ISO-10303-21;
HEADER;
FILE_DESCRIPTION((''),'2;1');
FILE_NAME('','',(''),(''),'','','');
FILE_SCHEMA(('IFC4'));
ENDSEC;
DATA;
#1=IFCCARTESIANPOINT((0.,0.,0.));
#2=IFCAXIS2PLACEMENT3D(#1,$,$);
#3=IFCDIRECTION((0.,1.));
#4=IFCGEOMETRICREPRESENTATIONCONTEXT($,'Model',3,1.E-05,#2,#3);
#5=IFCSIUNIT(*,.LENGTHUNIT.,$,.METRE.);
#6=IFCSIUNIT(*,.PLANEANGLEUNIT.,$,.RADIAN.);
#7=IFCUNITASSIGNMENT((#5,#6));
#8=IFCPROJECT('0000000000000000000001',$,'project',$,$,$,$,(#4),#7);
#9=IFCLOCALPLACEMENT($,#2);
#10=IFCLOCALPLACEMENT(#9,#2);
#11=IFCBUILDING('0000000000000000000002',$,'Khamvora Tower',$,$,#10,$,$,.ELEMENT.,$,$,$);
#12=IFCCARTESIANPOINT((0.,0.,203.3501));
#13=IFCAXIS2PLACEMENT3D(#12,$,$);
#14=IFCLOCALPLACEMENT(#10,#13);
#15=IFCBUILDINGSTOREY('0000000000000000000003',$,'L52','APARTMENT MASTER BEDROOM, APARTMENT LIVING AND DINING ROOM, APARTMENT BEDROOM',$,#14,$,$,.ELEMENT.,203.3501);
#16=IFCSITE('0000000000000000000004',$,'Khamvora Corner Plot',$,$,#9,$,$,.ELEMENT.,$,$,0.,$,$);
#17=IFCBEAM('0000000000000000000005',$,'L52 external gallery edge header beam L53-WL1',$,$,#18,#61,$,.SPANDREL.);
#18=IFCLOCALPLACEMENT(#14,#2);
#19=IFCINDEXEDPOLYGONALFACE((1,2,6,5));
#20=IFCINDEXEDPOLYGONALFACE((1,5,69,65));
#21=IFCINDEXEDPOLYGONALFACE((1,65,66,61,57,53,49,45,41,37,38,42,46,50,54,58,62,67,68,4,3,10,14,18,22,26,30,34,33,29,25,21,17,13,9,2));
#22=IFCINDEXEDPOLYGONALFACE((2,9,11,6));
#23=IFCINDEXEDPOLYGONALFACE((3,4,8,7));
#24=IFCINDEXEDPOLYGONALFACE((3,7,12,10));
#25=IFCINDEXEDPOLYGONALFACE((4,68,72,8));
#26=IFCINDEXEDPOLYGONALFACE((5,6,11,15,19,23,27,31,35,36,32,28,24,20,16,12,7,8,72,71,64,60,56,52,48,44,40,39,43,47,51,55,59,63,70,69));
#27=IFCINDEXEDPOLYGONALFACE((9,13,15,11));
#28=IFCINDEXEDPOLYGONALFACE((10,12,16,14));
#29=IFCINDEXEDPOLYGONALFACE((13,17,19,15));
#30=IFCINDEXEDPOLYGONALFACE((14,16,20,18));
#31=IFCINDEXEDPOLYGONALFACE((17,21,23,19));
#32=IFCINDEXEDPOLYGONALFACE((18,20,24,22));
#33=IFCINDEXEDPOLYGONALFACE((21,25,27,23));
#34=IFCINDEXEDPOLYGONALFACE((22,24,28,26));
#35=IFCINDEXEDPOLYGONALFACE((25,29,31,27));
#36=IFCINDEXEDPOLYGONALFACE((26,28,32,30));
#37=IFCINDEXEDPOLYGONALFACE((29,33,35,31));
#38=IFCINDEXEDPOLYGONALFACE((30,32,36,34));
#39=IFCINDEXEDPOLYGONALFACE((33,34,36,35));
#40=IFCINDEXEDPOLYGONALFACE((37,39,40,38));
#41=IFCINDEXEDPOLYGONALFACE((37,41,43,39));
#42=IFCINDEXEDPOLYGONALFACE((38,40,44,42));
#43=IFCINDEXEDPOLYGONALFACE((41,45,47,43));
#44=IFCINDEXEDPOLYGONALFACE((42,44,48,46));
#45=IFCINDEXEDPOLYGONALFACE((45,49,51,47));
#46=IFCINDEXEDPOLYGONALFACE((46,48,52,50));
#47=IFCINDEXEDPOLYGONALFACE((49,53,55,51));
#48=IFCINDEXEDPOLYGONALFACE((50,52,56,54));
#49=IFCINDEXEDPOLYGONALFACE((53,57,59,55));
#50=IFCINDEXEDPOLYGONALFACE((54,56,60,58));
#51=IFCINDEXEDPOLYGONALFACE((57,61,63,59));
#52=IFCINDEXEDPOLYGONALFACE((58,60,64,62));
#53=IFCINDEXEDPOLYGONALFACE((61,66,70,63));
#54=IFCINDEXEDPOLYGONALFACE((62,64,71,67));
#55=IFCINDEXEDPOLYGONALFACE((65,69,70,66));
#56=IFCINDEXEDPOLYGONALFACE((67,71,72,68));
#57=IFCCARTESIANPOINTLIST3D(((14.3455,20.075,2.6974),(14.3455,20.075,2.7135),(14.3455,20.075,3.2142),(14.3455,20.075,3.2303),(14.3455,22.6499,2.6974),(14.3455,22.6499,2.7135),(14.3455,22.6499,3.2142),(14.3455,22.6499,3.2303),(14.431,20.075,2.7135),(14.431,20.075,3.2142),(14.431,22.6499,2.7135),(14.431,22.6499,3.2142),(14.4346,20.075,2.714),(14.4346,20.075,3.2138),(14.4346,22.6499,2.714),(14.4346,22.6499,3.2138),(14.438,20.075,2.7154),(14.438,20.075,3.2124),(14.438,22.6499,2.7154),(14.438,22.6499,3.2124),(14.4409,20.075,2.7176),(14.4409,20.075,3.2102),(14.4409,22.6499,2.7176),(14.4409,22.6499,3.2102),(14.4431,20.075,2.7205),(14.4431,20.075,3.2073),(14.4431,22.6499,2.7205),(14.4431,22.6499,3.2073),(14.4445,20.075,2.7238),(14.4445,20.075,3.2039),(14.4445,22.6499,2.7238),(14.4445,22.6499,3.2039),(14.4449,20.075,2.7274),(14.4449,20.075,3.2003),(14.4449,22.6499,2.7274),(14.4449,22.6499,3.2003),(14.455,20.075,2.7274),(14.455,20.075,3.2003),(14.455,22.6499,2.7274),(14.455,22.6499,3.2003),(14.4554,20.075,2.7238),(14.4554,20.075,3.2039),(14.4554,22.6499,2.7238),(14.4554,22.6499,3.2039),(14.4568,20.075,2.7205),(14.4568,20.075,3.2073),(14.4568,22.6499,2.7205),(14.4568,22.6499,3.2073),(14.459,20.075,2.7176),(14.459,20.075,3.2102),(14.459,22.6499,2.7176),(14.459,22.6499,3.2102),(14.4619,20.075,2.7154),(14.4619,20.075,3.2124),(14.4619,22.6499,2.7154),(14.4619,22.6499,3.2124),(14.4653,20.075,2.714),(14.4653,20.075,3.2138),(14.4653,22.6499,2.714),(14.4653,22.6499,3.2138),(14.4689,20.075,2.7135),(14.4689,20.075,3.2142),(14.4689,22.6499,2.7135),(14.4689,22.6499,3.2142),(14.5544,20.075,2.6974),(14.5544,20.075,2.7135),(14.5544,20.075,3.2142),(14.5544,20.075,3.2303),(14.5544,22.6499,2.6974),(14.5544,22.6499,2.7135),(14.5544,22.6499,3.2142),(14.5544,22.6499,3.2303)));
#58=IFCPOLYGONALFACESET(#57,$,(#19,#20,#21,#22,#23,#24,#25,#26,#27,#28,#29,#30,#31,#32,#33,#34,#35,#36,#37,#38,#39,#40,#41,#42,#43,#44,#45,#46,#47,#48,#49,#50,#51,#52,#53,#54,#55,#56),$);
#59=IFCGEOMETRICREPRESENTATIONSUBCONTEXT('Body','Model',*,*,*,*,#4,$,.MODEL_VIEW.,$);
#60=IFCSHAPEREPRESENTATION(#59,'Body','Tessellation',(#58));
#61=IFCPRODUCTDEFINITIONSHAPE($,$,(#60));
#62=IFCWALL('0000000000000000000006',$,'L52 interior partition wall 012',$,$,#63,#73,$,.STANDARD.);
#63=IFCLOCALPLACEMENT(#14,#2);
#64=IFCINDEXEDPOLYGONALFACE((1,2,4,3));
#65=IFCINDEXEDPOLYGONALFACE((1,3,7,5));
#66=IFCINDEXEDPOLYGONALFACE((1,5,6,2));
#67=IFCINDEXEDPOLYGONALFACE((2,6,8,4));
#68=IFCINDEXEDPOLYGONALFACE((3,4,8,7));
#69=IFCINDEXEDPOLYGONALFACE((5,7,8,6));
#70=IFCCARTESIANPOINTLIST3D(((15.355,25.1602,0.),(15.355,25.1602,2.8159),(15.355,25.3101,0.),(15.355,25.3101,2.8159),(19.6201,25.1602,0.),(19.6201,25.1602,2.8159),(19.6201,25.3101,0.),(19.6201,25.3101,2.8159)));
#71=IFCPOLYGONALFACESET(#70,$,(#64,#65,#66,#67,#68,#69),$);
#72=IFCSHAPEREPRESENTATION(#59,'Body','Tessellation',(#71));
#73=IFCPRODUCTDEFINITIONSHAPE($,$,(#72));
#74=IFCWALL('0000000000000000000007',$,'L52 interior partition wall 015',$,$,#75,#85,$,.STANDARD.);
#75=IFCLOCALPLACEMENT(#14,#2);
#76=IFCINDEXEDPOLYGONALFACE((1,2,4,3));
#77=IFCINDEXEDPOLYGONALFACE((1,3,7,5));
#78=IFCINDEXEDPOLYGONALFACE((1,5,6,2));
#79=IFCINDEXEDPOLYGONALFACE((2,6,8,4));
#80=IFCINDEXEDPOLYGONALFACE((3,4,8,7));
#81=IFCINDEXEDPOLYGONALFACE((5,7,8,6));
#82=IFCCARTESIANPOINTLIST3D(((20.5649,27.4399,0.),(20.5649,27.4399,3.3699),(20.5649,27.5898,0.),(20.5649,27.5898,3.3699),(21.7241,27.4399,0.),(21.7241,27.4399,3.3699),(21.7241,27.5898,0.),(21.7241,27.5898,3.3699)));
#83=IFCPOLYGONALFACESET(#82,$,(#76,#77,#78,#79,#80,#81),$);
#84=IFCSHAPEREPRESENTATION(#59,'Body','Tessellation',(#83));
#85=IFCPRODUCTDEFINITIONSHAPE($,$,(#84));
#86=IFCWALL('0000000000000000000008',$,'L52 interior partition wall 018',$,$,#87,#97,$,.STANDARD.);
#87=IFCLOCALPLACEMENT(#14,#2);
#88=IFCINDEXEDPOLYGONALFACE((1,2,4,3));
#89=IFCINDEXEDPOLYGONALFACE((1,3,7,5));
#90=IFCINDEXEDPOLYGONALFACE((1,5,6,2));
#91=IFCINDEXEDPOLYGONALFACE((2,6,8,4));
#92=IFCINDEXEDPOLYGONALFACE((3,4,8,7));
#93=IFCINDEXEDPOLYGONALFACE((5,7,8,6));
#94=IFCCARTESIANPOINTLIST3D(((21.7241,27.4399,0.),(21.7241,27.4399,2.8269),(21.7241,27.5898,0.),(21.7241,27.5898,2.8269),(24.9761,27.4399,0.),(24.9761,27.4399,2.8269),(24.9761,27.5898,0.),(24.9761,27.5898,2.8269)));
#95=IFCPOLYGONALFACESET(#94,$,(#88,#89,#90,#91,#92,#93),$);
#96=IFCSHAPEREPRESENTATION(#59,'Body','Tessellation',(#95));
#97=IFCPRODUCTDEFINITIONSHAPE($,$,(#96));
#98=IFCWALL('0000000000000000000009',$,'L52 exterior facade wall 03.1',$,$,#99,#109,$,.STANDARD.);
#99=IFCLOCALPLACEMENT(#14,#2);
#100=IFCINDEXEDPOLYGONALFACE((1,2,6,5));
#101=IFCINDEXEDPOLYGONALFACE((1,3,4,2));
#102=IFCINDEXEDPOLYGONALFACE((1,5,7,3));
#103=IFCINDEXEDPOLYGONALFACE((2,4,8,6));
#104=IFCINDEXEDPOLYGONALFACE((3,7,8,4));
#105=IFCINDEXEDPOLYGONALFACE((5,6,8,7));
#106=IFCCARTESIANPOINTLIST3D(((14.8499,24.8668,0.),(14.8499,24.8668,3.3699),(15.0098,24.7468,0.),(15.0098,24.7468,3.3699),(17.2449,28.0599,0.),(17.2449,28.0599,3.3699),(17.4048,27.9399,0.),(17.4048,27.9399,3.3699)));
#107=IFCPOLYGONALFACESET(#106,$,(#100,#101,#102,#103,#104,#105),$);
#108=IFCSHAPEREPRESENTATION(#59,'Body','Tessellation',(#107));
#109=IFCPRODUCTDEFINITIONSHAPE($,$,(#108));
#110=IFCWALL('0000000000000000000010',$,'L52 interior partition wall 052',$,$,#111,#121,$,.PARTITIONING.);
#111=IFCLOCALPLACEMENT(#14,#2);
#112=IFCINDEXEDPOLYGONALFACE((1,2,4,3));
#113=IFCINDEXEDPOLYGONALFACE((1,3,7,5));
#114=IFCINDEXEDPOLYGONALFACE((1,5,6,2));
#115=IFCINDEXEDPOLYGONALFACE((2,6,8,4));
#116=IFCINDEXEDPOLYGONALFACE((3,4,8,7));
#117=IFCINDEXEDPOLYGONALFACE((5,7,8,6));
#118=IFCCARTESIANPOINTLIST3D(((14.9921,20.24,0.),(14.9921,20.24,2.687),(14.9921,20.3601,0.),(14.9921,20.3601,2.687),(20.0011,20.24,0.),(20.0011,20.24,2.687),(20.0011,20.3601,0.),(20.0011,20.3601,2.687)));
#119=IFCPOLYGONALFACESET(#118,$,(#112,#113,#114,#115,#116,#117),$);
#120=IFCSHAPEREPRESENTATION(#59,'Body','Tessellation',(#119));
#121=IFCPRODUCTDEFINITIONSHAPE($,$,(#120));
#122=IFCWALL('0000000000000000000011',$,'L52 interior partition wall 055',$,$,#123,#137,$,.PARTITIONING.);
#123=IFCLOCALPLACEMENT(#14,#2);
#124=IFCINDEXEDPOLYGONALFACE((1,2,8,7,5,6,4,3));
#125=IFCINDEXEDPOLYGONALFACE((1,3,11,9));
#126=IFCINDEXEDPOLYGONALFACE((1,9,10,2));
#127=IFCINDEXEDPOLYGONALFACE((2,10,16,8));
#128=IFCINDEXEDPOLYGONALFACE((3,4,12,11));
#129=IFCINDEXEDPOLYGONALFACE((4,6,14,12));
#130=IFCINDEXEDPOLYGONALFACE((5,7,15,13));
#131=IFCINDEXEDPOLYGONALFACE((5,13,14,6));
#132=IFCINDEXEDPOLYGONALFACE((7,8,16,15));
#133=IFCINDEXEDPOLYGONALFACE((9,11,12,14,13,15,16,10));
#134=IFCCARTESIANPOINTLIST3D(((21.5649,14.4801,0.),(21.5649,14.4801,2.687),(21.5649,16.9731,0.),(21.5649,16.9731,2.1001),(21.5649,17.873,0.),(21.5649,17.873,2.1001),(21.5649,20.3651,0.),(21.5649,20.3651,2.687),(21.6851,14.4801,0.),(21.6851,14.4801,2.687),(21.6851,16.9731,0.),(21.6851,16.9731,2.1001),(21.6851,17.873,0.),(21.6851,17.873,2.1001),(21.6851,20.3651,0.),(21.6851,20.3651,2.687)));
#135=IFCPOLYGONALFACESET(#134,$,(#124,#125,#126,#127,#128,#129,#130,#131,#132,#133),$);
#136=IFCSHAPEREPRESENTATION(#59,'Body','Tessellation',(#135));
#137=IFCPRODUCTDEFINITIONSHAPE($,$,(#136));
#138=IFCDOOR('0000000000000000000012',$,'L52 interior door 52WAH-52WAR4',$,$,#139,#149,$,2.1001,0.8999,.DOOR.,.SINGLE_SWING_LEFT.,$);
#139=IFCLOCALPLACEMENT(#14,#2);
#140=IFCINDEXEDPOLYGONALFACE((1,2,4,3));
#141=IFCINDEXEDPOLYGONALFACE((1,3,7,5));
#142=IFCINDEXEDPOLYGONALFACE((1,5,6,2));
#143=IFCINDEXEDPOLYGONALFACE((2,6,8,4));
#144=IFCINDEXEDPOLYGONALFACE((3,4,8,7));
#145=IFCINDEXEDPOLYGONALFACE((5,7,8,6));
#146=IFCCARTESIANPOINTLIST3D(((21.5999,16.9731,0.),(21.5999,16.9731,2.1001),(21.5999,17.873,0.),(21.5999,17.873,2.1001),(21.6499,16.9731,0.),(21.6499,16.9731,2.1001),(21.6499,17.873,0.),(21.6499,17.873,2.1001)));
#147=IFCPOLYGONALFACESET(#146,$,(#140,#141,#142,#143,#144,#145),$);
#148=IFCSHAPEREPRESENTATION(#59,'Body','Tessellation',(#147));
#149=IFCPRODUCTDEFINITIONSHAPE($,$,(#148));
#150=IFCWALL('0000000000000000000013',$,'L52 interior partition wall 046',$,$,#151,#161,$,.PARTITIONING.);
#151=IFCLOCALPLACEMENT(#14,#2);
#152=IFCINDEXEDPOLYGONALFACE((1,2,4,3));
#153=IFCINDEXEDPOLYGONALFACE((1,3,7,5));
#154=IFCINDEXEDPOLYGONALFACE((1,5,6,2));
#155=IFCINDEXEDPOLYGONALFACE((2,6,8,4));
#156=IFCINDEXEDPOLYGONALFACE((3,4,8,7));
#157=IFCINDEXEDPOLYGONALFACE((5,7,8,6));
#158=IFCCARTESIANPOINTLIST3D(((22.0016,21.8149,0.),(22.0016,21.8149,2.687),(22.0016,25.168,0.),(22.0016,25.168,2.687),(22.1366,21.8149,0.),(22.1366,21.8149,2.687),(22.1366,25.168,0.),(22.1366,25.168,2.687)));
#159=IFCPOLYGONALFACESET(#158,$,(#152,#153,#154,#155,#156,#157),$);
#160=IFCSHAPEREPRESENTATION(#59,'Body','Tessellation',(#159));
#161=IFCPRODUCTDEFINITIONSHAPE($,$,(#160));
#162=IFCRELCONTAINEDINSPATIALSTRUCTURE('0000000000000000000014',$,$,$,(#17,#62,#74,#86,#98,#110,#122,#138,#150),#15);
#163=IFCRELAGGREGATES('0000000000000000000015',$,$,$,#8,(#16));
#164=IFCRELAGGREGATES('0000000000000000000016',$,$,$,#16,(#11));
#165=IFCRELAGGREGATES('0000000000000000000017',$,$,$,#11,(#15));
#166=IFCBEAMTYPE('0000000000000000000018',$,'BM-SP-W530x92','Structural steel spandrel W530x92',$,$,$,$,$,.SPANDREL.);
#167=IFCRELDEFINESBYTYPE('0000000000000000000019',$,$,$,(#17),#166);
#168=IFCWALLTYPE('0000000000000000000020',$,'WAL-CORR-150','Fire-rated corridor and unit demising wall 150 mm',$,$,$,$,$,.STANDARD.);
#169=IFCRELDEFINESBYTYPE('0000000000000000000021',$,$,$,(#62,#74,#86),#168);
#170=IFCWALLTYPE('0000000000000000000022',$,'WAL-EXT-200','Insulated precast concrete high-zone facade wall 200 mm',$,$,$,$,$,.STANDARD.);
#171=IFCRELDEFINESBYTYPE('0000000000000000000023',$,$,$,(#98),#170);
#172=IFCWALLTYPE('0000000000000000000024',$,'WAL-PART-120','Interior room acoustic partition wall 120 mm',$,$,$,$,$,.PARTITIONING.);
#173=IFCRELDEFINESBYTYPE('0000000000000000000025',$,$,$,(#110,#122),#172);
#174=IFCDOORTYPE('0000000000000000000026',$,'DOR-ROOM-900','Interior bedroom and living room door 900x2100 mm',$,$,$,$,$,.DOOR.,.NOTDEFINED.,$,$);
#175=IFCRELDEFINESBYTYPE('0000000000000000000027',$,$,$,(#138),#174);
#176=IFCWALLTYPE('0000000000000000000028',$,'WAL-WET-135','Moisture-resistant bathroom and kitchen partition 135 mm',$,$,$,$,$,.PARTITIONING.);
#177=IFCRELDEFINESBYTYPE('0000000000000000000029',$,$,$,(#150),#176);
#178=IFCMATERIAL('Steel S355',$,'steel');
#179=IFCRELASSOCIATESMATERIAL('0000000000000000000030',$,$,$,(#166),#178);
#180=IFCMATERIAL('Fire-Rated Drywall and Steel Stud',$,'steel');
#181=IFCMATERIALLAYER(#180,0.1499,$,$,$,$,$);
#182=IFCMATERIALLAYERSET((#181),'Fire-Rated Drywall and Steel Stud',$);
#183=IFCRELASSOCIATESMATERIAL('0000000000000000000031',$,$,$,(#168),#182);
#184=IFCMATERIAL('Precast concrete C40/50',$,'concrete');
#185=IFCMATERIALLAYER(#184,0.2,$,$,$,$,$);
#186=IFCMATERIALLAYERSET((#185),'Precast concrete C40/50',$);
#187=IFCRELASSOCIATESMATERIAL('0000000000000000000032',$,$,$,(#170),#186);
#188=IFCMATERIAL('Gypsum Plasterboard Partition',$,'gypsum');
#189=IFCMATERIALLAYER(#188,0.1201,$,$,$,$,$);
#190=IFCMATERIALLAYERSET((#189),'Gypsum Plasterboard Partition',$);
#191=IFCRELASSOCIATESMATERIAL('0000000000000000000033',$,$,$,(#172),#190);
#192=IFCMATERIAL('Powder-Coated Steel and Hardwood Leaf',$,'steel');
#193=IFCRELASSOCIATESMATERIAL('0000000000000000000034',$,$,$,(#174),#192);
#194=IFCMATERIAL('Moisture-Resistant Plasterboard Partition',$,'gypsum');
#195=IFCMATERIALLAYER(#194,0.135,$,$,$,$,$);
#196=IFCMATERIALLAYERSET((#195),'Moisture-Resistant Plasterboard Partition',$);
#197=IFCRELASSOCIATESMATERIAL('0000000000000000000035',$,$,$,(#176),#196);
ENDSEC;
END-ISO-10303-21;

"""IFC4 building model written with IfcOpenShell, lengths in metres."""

from ifc_helpers import new_model, si_unit, direction, frame, frame_2d, origin, origin_2d, place, context, subcontext, project, spatial, rectangle, i_section, extrude, material, layer, layer_set, material_profile, profile_set, type_object, element, fill, save


model = new_model("IFC4")

# Units and contexts
model_context = context("Model", 3, precision=1e-05, world=origin(), true_north=direction((0.0, 1.0)))
body_context = subcontext(model_context, "Body", "Model", "MODEL_VIEW")
ifc_project = project(units=[si_unit("LENGTHUNIT", "METRE"), si_unit("PLANEANGLEUNIT", "RADIAN")], contexts=[model_context])

# Site, building, storey
site_placement = place(None, origin())
site = spatial("IfcSite", under=ifc_project, at=site_placement, Name="Khamvora Corner Plot", CompositionType="ELEMENT", RefElevation=0.0)
building_placement = place(site_placement, origin())
building = spatial("IfcBuilding", under=site, at=building_placement, Name="Khamvora Tower", CompositionType="ELEMENT")
storey_placement = place(building_placement, frame((0.0, 0.0, 203.3501)))
storey = spatial("IfcBuildingStorey", under=building, at=storey_placement, Name="L52", Description="APARTMENT MASTER BEDROOM, APARTMENT LIVING AND DINING ROOM, APARTMENT BEDROOM", CompositionType="ELEMENT", Elevation=203.3501)

# Shared definitions
ifc_material_1 = material(Name="Steel S355", Category="steel")

# Beam
ifc_material_profile_1 = material_profile(ifc_material_1, i_section(OverallWidth=0.209, OverallDepth=0.533, WebThickness=0.01, FlangeThickness=0.0161, FilletRadius=0.0139, at=origin_2d()), Name="W530x92")
ifc_profile_set_1 = profile_set([ifc_material_profile_1], Name="Steel S355")
beam_type_1 = type_object("IfcBeamType", Name="BM-SP-W530x92", Description="Structural steel spandrel W530x92", PredefinedType="SPANDREL", material=ifc_profile_set_1)
beam_1_placement = place(storey_placement, frame((14.45, 20.075, 2.9639), z_axis=(0.0, 1.0, 0.0), x_axis=(-1.0, 0.0, 0.0)))
element("IfcBeam", 1, at=beam_1_placement, inside=storey, type_object=beam_type_1, Name="L52 external gallery edge header beam L53-WL1", PredefinedType="SPANDREL", context=body_context, shape_type="SweptSolid", body=[
    extrude(i_section(OverallWidth=0.209, OverallDepth=0.533, WebThickness=0.01, FlangeThickness=0.0161, FilletRadius=0.0139, at=origin_2d()), origin(), (0.0, 0.0, 1.0), 2.575),
])

# Shared definitions
ifc_material_2 = material(Name="Fire-Rated Drywall and Steel Stud", Category="steel")
ifc_layer_1 = layer(ifc_material_2, 0.1499)
ifc_layer_set_1 = layer_set([ifc_layer_1], Name="Fire-Rated Drywall and Steel Stud")
wall_type_1 = type_object("IfcWallType", Name="WAL-CORR-150", Description="Fire-rated corridor and unit demising wall 150 mm", PredefinedType="STANDARD", material=ifc_layer_set_1)
ifc_material_3 = material(Name="Powder-Coated Steel and Hardwood Leaf", Category="steel")

# Wall
wall_1_placement = place(storey_placement, frame((19.6201, 25.2351, 0.0), z_axis=(0.0, 0.0, 1.0), x_axis=(-1.0, 0.0, 0.0)))
element("IfcWall", 2, at=wall_1_placement, inside=storey, type_object=wall_type_1, Name="L52 interior partition wall 012", PredefinedType="STANDARD", context=body_context, shape_type="SweptSolid", body=[
    extrude(rectangle(XDim=4.2651, YDim=0.1499, at=frame_2d((2.1326, 0.0))), origin(), (0.0, 0.0, 1.0), 2.8159),
])

# Wall
wall_2_placement = place(storey_placement, frame((20.5649, 27.5149, 0.0), z_axis=(0.0, 0.0, 1.0), x_axis=(1.0, 0.0, 0.0)))
element("IfcWall", 3, at=wall_2_placement, inside=storey, type_object=wall_type_1, Name="L52 interior partition wall 015", PredefinedType="STANDARD", context=body_context, shape_type="SweptSolid", body=[
    extrude(rectangle(XDim=1.1592, YDim=0.1499, at=frame_2d((0.5796, 0.0))), origin(), (0.0, 0.0, 1.0), 3.3699),
])

# Walls
wall_3_placement = place(storey_placement, frame((21.7241, 27.5149, 0.0), z_axis=(0.0, 0.0, 1.0), x_axis=(1.0, 0.0, 0.0)))
element("IfcWall", 4, at=wall_3_placement, inside=storey, type_object=wall_type_1, Name="L52 interior partition wall 018", PredefinedType="STANDARD", context=body_context, shape_type="SweptSolid", body=[
    extrude(rectangle(XDim=3.252, YDim=0.1499, at=frame_2d((1.626, 0.0))), origin(), (0.0, 0.0, 1.0), 2.8269),
])
ifc_material_4 = material(Name="Precast concrete C40/50", Category="concrete")
ifc_layer_2 = layer(ifc_material_4, 0.2)
ifc_layer_set_2 = layer_set([ifc_layer_2], Name="Precast concrete C40/50")
wall_type_2 = type_object("IfcWallType", Name="WAL-EXT-200", Description="Insulated precast concrete high-zone facade wall 200 mm", PredefinedType="STANDARD", material=ifc_layer_set_2)
wall_4_placement = place(storey_placement, frame((14.9299, 24.8069, 0.0), z_axis=(0.0, 0.0, 1.0), x_axis=(0.600029, 0.799978, 0.0)))
element("IfcWall", 5, at=wall_4_placement, inside=storey, type_object=wall_type_2, Name="L52 exterior facade wall 03.1", PredefinedType="STANDARD", context=body_context, shape_type="SweptSolid", body=[
    extrude(rectangle(XDim=3.9915, YDim=0.2, at=frame_2d((1.9956, 0.0))), origin(), (0.0, 0.0, 1.0), 3.3699),
])
ifc_material_5 = material(Name="Gypsum Plasterboard Partition", Category="gypsum")
ifc_layer_3 = layer(ifc_material_5, 0.1201)
ifc_layer_set_3 = layer_set([ifc_layer_3], Name="Gypsum Plasterboard Partition")
wall_type_3 = type_object("IfcWallType", Name="WAL-PART-120", Description="Interior room acoustic partition wall 120 mm", PredefinedType="PARTITIONING", material=ifc_layer_set_3)
wall_5_placement = place(storey_placement, frame((20.001, 20.3, 0.0), z_axis=(0.0, 0.0, 1.0), x_axis=(-1.0, 0.0, 0.0)))
element("IfcWall", 6, at=wall_5_placement, inside=storey, type_object=wall_type_3, Name="L52 interior partition wall 052", PredefinedType="PARTITIONING", context=body_context, shape_type="SweptSolid", body=[
    extrude(rectangle(XDim=5.009, YDim=0.1201, at=frame_2d((2.5044, 0.0))), origin(), (0.0, 0.0, 1.0), 2.687),
])

# Wall, opening, door
wall_6_placement = place(storey_placement, frame((21.625, 20.365, 0.0), z_axis=(0.0, 0.0, 1.0), x_axis=(0.0, -1.0, 0.0)))
wall_6 = element("IfcWall", 7, at=wall_6_placement, inside=storey, type_object=wall_type_3, Name="L52 interior partition wall 055", PredefinedType="PARTITIONING", context=body_context, shape_type="SweptSolid", body=[
    extrude(rectangle(XDim=5.885, YDim=0.1201, at=frame_2d((2.9424, 0.0))), origin(), (0.0, 0.0, 1.0), 2.687),
])
opening_1_placement = place(wall_6_placement, frame((2.4919, 0.0, 0.0)))
opening_1 = element("IfcOpeningElement", 8, at=opening_1_placement, cuts=wall_6, PredefinedType="OPENING", context=body_context, shape_type="SweptSolid", body=[
    extrude(rectangle(XDim=0.8999, YDim=2.1001, at=frame_2d((0.45, 1.05))), frame((0.0, 0.0701, 0.0), z_axis=(0.0, -1.0, 0.0), x_axis=(1.0, 0.0, 0.0)), (0.0, 0.0, 1.0), 0.1401),
])
door_type_1 = type_object("IfcDoorType", Name="DOR-ROOM-900", Description="Interior bedroom and living room door 900x2100 mm", OperationType="NOTDEFINED", PredefinedType="DOOR", material=ifc_material_3)
door_1_placement = place(opening_1_placement, origin())
door_1 = element("IfcDoor", 9, at=door_1_placement, inside=storey, type_object=door_type_1, Name="L52 interior door 52WAH-52WAR4", OperationType="SINGLE_SWING_LEFT", OverallHeight=2.1001, OverallWidth=0.8999, PredefinedType="DOOR", context=body_context, shape_type="SweptSolid", body=[
    extrude(rectangle(XDim=0.8999, YDim=2.1001, at=frame_2d((0.45, 1.05))), frame((0.0, 0.0249, 0.0), z_axis=(0.0, -1.0, 0.0), x_axis=(1.0, 0.0, 0.0)), (0.0, 0.0, 1.0), 0.05),
])
fill(opening_1, door_1)

# Wall
ifc_material_6 = material(Name="Moisture-Resistant Plasterboard Partition", Category="gypsum")
ifc_layer_4 = layer(ifc_material_6, 0.135)
ifc_layer_set_4 = layer_set([ifc_layer_4], Name="Moisture-Resistant Plasterboard Partition")
wall_type_4 = type_object("IfcWallType", Name="WAL-WET-135", Description="Moisture-resistant bathroom and kitchen partition 135 mm", PredefinedType="PARTITIONING", material=ifc_layer_set_4)
wall_7_placement = place(storey_placement, frame((22.0691, 25.168, 0.0), z_axis=(0.0, 0.0, 1.0), x_axis=(0.0, -1.0, 0.0)))
element("IfcWall", 10, at=wall_7_placement, inside=storey, type_object=wall_type_4, Name="L52 interior partition wall 046", PredefinedType="PARTITIONING", context=body_context, shape_type="SweptSolid", body=[
    extrude(rectangle(XDim=3.353, YDim=0.135, at=frame_2d((1.6765, 0.0))), origin(), (0.0, 0.0, 1.0), 2.687),
])

save(model, "model.ifc")
